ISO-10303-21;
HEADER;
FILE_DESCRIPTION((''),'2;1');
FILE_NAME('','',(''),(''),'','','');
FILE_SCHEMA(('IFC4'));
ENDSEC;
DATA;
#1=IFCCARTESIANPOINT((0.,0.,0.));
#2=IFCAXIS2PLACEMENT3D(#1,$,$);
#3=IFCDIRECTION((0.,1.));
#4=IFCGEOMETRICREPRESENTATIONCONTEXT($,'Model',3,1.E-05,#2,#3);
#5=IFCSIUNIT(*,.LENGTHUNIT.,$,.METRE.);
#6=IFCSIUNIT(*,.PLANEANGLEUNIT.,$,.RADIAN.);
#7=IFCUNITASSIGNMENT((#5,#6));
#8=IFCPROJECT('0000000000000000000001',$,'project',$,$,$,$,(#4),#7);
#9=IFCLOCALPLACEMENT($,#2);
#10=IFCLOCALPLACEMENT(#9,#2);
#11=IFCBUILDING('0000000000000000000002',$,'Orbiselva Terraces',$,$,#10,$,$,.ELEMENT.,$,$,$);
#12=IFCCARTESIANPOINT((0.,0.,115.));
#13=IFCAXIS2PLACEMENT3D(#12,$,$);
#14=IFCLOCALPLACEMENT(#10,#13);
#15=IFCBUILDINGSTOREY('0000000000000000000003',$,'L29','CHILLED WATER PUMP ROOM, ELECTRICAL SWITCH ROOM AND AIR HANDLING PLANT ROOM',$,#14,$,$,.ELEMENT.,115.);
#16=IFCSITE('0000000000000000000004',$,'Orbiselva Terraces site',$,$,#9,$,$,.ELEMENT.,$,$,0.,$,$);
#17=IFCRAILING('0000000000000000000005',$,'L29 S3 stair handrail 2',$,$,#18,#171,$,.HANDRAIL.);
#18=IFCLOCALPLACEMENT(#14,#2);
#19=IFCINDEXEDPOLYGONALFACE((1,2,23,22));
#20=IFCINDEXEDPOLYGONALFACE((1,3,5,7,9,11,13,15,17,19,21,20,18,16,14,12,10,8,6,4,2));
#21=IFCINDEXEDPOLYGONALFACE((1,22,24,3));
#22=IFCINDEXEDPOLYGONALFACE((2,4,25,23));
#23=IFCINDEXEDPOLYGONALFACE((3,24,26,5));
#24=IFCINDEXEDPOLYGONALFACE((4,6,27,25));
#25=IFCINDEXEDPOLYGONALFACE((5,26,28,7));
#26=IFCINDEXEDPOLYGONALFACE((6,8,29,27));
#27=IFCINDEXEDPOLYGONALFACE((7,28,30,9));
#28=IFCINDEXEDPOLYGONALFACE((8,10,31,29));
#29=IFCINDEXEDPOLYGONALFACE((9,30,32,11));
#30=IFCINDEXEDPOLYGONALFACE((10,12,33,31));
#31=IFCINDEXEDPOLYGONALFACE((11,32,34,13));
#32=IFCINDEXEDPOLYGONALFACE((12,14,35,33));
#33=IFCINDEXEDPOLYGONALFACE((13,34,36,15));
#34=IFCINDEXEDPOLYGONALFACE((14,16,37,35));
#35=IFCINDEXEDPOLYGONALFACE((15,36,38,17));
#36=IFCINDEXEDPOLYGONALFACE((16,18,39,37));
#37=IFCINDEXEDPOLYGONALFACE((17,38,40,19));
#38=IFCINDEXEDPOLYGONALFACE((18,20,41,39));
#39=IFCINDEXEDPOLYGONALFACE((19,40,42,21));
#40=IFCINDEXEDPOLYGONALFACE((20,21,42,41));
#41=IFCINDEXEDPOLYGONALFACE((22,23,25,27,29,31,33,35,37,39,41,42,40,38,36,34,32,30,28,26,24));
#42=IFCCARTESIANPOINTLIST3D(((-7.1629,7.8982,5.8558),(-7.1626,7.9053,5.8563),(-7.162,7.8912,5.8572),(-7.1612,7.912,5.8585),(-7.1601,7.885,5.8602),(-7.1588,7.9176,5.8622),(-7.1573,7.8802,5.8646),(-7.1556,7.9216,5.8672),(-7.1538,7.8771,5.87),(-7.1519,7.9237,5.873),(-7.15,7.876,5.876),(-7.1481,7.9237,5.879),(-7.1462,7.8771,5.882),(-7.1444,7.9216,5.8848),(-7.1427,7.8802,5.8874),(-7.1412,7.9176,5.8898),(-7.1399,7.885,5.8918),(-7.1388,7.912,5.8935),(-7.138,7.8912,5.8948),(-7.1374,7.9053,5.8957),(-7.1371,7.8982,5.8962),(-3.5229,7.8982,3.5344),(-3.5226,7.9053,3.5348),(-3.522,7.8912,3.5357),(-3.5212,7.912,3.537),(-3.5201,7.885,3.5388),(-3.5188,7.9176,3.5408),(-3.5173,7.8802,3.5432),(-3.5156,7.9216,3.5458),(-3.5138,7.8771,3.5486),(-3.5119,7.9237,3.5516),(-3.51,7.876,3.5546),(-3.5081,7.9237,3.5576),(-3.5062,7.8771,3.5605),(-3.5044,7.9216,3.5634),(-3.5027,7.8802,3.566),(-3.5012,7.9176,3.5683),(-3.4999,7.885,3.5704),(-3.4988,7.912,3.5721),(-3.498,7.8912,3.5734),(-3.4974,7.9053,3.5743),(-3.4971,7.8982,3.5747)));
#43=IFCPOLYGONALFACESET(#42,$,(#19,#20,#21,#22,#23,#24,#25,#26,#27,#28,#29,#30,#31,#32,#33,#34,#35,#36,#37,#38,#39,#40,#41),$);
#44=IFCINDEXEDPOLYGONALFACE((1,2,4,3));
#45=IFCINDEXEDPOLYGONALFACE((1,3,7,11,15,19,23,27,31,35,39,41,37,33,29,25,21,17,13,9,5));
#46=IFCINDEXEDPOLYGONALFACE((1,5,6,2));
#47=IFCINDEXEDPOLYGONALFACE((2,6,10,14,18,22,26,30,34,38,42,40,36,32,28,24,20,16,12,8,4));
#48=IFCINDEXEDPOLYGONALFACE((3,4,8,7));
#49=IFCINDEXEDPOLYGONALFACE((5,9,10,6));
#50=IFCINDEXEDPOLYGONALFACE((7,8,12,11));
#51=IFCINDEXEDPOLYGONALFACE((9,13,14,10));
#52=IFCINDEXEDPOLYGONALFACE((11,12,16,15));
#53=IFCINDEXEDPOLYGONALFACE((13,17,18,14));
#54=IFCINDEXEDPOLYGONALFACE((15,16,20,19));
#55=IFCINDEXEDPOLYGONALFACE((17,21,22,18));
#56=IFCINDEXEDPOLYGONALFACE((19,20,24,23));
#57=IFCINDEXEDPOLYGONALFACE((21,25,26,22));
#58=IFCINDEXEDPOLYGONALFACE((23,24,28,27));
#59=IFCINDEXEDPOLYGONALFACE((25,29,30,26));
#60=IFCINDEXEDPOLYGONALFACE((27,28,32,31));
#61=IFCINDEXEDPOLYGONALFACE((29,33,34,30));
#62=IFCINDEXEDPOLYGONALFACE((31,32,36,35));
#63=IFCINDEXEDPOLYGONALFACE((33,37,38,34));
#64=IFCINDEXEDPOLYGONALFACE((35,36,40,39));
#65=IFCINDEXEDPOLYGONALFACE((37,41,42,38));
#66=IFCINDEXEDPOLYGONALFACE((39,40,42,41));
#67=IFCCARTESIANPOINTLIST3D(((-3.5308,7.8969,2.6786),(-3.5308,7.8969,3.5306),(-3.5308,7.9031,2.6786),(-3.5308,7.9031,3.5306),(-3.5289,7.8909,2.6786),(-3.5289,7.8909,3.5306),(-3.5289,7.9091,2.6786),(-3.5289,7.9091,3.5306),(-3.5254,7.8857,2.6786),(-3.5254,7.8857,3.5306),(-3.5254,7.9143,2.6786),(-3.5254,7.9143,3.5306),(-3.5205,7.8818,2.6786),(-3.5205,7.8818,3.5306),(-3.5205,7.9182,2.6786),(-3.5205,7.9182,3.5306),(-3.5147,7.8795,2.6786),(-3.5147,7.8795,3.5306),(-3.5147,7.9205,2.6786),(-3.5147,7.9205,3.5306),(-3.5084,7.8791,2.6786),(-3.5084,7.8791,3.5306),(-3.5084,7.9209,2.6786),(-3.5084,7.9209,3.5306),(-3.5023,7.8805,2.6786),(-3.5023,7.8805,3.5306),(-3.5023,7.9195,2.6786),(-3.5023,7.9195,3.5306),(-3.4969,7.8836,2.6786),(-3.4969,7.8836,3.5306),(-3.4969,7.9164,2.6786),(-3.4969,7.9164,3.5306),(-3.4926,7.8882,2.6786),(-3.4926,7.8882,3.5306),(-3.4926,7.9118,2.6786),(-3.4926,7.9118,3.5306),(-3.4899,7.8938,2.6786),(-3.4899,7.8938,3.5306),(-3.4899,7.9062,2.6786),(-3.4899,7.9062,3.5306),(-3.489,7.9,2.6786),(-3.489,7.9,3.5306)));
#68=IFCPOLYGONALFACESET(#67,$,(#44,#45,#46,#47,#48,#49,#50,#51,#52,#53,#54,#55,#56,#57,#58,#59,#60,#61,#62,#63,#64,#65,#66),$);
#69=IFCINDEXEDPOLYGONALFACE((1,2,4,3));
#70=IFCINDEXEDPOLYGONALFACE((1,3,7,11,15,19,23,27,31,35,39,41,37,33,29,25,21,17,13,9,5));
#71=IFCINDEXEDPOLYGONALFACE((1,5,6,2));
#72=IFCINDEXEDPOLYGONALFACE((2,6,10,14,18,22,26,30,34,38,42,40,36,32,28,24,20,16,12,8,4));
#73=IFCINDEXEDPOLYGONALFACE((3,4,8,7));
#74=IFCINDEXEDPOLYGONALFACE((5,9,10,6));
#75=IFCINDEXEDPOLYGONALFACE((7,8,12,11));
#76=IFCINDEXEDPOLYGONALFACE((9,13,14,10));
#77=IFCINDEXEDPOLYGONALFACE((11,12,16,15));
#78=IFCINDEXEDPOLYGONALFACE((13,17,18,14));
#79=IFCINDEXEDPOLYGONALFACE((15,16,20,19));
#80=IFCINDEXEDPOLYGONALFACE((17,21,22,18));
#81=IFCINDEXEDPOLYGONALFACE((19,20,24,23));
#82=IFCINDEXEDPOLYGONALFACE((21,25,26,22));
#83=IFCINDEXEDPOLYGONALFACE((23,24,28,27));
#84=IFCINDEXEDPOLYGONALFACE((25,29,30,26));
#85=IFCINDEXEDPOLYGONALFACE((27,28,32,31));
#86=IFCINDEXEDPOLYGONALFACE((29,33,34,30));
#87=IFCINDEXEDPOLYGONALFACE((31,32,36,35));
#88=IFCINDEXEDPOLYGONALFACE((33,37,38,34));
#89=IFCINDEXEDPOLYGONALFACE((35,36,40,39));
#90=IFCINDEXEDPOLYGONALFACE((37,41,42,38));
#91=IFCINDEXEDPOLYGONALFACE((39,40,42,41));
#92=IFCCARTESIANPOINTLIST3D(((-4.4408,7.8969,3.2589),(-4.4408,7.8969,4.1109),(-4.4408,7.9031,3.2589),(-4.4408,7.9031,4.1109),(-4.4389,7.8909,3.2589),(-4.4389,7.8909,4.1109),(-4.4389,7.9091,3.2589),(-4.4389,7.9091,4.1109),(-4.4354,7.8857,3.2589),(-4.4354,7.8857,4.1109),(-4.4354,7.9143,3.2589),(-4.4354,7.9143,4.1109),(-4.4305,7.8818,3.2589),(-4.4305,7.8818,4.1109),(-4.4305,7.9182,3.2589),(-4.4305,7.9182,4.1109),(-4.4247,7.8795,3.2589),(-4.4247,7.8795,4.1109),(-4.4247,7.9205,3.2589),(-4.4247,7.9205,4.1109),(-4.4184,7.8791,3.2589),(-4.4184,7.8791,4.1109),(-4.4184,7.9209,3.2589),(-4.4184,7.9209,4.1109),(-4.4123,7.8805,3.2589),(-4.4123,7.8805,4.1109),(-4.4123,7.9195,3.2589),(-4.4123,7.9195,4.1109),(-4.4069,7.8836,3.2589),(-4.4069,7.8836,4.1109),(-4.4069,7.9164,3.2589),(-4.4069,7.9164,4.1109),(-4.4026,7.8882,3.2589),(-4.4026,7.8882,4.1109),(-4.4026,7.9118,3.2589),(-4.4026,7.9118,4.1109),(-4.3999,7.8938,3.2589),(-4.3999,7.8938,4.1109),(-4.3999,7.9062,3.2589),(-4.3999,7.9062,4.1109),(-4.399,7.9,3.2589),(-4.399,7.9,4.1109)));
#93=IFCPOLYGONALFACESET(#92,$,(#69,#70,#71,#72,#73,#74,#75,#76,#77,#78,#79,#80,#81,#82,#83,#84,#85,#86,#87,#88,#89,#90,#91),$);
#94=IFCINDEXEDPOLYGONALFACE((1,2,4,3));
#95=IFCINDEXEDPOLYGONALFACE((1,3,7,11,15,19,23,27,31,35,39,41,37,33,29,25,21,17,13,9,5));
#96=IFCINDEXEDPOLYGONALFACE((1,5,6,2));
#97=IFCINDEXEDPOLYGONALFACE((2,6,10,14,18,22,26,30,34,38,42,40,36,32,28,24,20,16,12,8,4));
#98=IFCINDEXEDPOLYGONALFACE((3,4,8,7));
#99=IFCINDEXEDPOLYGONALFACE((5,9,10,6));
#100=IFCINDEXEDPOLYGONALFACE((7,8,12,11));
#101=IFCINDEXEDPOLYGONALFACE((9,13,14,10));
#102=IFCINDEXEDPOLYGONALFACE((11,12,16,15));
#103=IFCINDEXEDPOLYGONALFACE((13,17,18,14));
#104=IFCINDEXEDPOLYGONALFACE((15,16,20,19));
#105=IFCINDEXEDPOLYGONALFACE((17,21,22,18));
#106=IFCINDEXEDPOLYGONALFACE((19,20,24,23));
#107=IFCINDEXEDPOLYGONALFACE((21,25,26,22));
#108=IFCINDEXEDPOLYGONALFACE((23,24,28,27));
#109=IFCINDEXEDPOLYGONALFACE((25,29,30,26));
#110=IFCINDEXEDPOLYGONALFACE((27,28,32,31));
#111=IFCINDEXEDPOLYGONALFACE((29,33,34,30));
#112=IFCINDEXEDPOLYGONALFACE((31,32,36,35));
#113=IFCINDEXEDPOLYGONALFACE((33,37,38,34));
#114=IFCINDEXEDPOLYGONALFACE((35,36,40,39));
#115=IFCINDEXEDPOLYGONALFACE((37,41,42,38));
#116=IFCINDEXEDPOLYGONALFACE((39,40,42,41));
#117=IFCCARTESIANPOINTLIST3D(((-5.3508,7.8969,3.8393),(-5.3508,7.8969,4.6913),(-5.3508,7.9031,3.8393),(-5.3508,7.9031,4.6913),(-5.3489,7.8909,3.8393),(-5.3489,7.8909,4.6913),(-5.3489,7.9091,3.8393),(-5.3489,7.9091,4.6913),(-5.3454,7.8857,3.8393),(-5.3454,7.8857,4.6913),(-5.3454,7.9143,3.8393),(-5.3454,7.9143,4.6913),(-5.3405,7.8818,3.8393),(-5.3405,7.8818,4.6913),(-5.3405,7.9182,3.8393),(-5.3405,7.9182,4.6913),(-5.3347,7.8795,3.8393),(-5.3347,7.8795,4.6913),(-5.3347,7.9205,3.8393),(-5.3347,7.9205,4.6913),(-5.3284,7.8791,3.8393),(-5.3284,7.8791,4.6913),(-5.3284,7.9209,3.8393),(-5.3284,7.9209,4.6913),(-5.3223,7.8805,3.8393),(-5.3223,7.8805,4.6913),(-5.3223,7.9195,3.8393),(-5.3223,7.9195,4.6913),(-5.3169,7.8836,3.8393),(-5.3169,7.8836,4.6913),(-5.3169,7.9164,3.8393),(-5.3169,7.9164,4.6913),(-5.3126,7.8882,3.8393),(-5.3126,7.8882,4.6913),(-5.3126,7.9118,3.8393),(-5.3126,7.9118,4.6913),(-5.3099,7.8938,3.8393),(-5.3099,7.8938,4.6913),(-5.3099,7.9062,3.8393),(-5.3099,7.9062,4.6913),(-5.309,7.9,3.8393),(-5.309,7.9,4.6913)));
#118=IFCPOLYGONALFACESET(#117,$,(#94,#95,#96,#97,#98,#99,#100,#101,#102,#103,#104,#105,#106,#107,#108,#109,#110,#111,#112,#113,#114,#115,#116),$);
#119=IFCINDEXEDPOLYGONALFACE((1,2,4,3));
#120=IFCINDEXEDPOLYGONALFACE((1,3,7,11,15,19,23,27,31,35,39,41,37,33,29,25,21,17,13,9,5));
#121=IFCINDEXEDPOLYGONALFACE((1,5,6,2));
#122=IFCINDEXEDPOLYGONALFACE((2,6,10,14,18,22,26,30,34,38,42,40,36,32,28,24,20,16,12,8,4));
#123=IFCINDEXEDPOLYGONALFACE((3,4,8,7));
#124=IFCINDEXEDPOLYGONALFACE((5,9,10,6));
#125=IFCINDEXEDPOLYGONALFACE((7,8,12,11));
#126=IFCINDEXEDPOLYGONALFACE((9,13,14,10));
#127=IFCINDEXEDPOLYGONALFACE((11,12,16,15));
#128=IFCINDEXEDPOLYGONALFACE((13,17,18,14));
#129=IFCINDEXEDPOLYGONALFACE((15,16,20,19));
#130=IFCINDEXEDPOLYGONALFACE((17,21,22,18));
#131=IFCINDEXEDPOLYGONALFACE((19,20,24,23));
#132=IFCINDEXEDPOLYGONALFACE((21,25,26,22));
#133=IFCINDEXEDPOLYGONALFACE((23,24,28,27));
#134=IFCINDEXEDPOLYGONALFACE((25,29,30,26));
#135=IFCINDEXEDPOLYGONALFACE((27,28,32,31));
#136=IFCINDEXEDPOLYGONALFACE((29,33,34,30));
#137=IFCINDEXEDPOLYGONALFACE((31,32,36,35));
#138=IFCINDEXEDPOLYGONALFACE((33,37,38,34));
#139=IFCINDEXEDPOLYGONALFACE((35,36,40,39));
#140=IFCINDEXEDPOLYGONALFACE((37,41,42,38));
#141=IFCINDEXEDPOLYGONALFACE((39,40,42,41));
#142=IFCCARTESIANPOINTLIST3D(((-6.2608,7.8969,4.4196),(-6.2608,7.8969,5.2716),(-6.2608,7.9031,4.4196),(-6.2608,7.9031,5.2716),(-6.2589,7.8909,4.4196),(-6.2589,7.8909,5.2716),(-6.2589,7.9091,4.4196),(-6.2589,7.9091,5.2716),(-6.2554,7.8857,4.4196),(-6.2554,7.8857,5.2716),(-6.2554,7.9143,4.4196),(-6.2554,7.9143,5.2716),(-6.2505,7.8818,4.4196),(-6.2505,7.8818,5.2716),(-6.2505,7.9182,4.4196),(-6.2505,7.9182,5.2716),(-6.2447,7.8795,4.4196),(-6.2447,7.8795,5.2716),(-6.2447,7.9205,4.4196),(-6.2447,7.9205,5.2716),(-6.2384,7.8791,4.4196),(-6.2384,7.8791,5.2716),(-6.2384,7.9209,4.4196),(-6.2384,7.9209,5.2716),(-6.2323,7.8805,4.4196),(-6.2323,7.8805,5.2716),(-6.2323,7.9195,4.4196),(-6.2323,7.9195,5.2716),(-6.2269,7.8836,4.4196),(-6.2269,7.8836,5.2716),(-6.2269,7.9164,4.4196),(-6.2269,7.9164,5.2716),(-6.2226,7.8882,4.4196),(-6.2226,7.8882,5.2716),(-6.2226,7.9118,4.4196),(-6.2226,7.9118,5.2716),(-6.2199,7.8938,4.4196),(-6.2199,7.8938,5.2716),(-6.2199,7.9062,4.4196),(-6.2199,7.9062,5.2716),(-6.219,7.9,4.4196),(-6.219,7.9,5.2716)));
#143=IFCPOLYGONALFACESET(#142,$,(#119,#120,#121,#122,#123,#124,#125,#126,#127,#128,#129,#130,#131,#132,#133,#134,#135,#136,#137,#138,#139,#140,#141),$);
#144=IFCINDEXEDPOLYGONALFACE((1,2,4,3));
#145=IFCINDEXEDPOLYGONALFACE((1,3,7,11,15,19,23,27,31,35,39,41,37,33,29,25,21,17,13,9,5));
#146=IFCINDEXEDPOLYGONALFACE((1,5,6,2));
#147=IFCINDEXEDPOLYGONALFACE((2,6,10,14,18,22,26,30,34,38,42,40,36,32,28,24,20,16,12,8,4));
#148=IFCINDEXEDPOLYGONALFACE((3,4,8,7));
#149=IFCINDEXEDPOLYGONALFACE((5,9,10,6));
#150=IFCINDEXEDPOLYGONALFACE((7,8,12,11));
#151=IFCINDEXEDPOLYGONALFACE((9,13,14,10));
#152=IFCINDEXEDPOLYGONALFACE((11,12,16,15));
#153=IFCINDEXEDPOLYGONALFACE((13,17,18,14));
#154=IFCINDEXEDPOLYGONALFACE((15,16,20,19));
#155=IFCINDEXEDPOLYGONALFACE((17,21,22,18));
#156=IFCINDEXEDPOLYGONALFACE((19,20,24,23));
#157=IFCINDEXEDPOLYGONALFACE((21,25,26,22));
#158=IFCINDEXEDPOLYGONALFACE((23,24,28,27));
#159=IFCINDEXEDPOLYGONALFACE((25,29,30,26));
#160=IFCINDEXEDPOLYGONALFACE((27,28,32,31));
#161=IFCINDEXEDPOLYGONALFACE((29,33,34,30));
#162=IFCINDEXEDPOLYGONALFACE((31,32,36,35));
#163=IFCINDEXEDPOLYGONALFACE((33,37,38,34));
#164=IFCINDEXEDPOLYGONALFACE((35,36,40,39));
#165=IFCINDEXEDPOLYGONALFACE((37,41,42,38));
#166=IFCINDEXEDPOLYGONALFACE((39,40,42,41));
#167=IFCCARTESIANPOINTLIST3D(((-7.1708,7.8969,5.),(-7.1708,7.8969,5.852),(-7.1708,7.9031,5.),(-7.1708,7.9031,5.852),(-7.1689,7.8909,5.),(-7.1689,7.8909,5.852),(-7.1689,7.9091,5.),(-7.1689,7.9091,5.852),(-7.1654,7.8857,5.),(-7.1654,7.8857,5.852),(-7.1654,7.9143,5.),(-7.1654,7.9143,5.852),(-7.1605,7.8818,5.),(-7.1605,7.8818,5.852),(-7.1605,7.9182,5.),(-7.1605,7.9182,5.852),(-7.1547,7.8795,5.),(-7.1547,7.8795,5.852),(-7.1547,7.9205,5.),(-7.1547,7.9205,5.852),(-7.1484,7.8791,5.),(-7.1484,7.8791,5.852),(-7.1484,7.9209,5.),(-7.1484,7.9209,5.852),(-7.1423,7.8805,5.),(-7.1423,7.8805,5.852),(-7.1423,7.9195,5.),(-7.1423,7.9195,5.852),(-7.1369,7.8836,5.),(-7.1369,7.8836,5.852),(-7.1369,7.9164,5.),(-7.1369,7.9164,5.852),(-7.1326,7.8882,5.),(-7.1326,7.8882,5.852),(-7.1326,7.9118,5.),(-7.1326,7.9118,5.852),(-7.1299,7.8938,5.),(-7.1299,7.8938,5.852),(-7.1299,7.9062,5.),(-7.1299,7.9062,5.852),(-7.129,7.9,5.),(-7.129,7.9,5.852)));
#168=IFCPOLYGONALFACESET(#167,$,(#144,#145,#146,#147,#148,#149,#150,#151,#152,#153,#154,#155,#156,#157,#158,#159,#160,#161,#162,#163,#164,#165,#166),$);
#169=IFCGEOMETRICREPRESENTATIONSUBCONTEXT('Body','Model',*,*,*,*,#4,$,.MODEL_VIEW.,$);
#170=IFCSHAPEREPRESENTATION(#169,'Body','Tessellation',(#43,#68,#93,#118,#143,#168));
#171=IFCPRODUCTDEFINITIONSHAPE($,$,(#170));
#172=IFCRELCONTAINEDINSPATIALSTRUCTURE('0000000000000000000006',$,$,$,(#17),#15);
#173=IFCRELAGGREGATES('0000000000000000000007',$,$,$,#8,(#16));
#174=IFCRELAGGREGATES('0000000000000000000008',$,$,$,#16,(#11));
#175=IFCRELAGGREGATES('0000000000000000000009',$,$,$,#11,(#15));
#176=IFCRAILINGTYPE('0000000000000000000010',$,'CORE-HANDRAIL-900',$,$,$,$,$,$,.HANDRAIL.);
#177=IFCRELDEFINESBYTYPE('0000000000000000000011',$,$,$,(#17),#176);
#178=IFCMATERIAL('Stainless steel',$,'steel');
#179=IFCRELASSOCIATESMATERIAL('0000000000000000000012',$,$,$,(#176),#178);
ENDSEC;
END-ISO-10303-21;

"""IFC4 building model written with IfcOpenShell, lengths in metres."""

from ifc_helpers import new_model, si_unit, direction, frame, origin, origin_2d, place, context, subcontext, project, spatial, circle, extrude, material, type_object, element, save


model = new_model("IFC4")

# Units and contexts
model_context = context("Model", 3, precision=1e-05, world=origin(), true_north=direction((0.0, 1.0)))
body_context = subcontext(model_context, "Body", "Model", "MODEL_VIEW")
ifc_project = project(units=[si_unit("LENGTHUNIT", "METRE"), si_unit("PLANEANGLEUNIT", "RADIAN")], contexts=[model_context])

# Site, building, storey
site_placement = place(None, origin())
site = spatial("IfcSite", under=ifc_project, at=site_placement, Name="Orbiselva Terraces site", CompositionType="ELEMENT", RefElevation=0.0)
building_placement = place(site_placement, origin())
building = spatial("IfcBuilding", under=site, at=building_placement, Name="Orbiselva Terraces", CompositionType="ELEMENT")
storey_placement = place(building_placement, frame((0.0, 0.0, 115.0)))
storey = spatial("IfcBuildingStorey", under=building, at=storey_placement, Name="L29", Description="CHILLED WATER PUMP ROOM, ELECTRICAL SWITCH ROOM AND AIR HANDLING PLANT ROOM", CompositionType="ELEMENT", Elevation=115.0)

# Railing
ifc_material_1 = material(Name="Stainless steel", Category="steel")
railing_type_1 = type_object("IfcRailingType", Name="CORE-HANDRAIL-900", PredefinedType="HANDRAIL", material=ifc_material_1)
railing_1_placement = place(storey_placement, frame((-3.51, 7.9, 2.6786)))
element("IfcRailing", 1, at=railing_1_placement, inside=storey, type_object=railing_type_1, Name="L29 S3 stair handrail 2", PredefinedType="HANDRAIL", context=body_context, shape_type="SweptSolid", body=[
    extrude(circle(Radius=0.024, at=origin_2d()), frame((0.0, 0.0, 0.876), z_axis=(-0.84313, 0.0, 0.53771), x_axis=(0.0, -1.0, 0.0)), (0.0, 0.0, 1.0), 4.3172),
    extrude(circle(Radius=0.021, at=origin_2d()), origin(), (0.0, 0.0, 1.0), 0.852),
    extrude(circle(Radius=0.021, at=origin_2d()), frame((-0.91, 0.0, 0.5804)), (0.0, 0.0, 1.0), 0.852),
    extrude(circle(Radius=0.021, at=origin_2d()), frame((-1.82, 0.0, 1.1607)), (0.0, 0.0, 1.0), 0.852),
    extrude(circle(Radius=0.021, at=origin_2d()), frame((-2.73, 0.0, 1.7411)), (0.0, 0.0, 1.0), 0.852),
    extrude(circle(Radius=0.021, at=origin_2d()), frame((-3.64, 0.0, 2.3214)), (0.0, 0.0, 1.0), 0.852),
])

save(model, "model.ifc")
